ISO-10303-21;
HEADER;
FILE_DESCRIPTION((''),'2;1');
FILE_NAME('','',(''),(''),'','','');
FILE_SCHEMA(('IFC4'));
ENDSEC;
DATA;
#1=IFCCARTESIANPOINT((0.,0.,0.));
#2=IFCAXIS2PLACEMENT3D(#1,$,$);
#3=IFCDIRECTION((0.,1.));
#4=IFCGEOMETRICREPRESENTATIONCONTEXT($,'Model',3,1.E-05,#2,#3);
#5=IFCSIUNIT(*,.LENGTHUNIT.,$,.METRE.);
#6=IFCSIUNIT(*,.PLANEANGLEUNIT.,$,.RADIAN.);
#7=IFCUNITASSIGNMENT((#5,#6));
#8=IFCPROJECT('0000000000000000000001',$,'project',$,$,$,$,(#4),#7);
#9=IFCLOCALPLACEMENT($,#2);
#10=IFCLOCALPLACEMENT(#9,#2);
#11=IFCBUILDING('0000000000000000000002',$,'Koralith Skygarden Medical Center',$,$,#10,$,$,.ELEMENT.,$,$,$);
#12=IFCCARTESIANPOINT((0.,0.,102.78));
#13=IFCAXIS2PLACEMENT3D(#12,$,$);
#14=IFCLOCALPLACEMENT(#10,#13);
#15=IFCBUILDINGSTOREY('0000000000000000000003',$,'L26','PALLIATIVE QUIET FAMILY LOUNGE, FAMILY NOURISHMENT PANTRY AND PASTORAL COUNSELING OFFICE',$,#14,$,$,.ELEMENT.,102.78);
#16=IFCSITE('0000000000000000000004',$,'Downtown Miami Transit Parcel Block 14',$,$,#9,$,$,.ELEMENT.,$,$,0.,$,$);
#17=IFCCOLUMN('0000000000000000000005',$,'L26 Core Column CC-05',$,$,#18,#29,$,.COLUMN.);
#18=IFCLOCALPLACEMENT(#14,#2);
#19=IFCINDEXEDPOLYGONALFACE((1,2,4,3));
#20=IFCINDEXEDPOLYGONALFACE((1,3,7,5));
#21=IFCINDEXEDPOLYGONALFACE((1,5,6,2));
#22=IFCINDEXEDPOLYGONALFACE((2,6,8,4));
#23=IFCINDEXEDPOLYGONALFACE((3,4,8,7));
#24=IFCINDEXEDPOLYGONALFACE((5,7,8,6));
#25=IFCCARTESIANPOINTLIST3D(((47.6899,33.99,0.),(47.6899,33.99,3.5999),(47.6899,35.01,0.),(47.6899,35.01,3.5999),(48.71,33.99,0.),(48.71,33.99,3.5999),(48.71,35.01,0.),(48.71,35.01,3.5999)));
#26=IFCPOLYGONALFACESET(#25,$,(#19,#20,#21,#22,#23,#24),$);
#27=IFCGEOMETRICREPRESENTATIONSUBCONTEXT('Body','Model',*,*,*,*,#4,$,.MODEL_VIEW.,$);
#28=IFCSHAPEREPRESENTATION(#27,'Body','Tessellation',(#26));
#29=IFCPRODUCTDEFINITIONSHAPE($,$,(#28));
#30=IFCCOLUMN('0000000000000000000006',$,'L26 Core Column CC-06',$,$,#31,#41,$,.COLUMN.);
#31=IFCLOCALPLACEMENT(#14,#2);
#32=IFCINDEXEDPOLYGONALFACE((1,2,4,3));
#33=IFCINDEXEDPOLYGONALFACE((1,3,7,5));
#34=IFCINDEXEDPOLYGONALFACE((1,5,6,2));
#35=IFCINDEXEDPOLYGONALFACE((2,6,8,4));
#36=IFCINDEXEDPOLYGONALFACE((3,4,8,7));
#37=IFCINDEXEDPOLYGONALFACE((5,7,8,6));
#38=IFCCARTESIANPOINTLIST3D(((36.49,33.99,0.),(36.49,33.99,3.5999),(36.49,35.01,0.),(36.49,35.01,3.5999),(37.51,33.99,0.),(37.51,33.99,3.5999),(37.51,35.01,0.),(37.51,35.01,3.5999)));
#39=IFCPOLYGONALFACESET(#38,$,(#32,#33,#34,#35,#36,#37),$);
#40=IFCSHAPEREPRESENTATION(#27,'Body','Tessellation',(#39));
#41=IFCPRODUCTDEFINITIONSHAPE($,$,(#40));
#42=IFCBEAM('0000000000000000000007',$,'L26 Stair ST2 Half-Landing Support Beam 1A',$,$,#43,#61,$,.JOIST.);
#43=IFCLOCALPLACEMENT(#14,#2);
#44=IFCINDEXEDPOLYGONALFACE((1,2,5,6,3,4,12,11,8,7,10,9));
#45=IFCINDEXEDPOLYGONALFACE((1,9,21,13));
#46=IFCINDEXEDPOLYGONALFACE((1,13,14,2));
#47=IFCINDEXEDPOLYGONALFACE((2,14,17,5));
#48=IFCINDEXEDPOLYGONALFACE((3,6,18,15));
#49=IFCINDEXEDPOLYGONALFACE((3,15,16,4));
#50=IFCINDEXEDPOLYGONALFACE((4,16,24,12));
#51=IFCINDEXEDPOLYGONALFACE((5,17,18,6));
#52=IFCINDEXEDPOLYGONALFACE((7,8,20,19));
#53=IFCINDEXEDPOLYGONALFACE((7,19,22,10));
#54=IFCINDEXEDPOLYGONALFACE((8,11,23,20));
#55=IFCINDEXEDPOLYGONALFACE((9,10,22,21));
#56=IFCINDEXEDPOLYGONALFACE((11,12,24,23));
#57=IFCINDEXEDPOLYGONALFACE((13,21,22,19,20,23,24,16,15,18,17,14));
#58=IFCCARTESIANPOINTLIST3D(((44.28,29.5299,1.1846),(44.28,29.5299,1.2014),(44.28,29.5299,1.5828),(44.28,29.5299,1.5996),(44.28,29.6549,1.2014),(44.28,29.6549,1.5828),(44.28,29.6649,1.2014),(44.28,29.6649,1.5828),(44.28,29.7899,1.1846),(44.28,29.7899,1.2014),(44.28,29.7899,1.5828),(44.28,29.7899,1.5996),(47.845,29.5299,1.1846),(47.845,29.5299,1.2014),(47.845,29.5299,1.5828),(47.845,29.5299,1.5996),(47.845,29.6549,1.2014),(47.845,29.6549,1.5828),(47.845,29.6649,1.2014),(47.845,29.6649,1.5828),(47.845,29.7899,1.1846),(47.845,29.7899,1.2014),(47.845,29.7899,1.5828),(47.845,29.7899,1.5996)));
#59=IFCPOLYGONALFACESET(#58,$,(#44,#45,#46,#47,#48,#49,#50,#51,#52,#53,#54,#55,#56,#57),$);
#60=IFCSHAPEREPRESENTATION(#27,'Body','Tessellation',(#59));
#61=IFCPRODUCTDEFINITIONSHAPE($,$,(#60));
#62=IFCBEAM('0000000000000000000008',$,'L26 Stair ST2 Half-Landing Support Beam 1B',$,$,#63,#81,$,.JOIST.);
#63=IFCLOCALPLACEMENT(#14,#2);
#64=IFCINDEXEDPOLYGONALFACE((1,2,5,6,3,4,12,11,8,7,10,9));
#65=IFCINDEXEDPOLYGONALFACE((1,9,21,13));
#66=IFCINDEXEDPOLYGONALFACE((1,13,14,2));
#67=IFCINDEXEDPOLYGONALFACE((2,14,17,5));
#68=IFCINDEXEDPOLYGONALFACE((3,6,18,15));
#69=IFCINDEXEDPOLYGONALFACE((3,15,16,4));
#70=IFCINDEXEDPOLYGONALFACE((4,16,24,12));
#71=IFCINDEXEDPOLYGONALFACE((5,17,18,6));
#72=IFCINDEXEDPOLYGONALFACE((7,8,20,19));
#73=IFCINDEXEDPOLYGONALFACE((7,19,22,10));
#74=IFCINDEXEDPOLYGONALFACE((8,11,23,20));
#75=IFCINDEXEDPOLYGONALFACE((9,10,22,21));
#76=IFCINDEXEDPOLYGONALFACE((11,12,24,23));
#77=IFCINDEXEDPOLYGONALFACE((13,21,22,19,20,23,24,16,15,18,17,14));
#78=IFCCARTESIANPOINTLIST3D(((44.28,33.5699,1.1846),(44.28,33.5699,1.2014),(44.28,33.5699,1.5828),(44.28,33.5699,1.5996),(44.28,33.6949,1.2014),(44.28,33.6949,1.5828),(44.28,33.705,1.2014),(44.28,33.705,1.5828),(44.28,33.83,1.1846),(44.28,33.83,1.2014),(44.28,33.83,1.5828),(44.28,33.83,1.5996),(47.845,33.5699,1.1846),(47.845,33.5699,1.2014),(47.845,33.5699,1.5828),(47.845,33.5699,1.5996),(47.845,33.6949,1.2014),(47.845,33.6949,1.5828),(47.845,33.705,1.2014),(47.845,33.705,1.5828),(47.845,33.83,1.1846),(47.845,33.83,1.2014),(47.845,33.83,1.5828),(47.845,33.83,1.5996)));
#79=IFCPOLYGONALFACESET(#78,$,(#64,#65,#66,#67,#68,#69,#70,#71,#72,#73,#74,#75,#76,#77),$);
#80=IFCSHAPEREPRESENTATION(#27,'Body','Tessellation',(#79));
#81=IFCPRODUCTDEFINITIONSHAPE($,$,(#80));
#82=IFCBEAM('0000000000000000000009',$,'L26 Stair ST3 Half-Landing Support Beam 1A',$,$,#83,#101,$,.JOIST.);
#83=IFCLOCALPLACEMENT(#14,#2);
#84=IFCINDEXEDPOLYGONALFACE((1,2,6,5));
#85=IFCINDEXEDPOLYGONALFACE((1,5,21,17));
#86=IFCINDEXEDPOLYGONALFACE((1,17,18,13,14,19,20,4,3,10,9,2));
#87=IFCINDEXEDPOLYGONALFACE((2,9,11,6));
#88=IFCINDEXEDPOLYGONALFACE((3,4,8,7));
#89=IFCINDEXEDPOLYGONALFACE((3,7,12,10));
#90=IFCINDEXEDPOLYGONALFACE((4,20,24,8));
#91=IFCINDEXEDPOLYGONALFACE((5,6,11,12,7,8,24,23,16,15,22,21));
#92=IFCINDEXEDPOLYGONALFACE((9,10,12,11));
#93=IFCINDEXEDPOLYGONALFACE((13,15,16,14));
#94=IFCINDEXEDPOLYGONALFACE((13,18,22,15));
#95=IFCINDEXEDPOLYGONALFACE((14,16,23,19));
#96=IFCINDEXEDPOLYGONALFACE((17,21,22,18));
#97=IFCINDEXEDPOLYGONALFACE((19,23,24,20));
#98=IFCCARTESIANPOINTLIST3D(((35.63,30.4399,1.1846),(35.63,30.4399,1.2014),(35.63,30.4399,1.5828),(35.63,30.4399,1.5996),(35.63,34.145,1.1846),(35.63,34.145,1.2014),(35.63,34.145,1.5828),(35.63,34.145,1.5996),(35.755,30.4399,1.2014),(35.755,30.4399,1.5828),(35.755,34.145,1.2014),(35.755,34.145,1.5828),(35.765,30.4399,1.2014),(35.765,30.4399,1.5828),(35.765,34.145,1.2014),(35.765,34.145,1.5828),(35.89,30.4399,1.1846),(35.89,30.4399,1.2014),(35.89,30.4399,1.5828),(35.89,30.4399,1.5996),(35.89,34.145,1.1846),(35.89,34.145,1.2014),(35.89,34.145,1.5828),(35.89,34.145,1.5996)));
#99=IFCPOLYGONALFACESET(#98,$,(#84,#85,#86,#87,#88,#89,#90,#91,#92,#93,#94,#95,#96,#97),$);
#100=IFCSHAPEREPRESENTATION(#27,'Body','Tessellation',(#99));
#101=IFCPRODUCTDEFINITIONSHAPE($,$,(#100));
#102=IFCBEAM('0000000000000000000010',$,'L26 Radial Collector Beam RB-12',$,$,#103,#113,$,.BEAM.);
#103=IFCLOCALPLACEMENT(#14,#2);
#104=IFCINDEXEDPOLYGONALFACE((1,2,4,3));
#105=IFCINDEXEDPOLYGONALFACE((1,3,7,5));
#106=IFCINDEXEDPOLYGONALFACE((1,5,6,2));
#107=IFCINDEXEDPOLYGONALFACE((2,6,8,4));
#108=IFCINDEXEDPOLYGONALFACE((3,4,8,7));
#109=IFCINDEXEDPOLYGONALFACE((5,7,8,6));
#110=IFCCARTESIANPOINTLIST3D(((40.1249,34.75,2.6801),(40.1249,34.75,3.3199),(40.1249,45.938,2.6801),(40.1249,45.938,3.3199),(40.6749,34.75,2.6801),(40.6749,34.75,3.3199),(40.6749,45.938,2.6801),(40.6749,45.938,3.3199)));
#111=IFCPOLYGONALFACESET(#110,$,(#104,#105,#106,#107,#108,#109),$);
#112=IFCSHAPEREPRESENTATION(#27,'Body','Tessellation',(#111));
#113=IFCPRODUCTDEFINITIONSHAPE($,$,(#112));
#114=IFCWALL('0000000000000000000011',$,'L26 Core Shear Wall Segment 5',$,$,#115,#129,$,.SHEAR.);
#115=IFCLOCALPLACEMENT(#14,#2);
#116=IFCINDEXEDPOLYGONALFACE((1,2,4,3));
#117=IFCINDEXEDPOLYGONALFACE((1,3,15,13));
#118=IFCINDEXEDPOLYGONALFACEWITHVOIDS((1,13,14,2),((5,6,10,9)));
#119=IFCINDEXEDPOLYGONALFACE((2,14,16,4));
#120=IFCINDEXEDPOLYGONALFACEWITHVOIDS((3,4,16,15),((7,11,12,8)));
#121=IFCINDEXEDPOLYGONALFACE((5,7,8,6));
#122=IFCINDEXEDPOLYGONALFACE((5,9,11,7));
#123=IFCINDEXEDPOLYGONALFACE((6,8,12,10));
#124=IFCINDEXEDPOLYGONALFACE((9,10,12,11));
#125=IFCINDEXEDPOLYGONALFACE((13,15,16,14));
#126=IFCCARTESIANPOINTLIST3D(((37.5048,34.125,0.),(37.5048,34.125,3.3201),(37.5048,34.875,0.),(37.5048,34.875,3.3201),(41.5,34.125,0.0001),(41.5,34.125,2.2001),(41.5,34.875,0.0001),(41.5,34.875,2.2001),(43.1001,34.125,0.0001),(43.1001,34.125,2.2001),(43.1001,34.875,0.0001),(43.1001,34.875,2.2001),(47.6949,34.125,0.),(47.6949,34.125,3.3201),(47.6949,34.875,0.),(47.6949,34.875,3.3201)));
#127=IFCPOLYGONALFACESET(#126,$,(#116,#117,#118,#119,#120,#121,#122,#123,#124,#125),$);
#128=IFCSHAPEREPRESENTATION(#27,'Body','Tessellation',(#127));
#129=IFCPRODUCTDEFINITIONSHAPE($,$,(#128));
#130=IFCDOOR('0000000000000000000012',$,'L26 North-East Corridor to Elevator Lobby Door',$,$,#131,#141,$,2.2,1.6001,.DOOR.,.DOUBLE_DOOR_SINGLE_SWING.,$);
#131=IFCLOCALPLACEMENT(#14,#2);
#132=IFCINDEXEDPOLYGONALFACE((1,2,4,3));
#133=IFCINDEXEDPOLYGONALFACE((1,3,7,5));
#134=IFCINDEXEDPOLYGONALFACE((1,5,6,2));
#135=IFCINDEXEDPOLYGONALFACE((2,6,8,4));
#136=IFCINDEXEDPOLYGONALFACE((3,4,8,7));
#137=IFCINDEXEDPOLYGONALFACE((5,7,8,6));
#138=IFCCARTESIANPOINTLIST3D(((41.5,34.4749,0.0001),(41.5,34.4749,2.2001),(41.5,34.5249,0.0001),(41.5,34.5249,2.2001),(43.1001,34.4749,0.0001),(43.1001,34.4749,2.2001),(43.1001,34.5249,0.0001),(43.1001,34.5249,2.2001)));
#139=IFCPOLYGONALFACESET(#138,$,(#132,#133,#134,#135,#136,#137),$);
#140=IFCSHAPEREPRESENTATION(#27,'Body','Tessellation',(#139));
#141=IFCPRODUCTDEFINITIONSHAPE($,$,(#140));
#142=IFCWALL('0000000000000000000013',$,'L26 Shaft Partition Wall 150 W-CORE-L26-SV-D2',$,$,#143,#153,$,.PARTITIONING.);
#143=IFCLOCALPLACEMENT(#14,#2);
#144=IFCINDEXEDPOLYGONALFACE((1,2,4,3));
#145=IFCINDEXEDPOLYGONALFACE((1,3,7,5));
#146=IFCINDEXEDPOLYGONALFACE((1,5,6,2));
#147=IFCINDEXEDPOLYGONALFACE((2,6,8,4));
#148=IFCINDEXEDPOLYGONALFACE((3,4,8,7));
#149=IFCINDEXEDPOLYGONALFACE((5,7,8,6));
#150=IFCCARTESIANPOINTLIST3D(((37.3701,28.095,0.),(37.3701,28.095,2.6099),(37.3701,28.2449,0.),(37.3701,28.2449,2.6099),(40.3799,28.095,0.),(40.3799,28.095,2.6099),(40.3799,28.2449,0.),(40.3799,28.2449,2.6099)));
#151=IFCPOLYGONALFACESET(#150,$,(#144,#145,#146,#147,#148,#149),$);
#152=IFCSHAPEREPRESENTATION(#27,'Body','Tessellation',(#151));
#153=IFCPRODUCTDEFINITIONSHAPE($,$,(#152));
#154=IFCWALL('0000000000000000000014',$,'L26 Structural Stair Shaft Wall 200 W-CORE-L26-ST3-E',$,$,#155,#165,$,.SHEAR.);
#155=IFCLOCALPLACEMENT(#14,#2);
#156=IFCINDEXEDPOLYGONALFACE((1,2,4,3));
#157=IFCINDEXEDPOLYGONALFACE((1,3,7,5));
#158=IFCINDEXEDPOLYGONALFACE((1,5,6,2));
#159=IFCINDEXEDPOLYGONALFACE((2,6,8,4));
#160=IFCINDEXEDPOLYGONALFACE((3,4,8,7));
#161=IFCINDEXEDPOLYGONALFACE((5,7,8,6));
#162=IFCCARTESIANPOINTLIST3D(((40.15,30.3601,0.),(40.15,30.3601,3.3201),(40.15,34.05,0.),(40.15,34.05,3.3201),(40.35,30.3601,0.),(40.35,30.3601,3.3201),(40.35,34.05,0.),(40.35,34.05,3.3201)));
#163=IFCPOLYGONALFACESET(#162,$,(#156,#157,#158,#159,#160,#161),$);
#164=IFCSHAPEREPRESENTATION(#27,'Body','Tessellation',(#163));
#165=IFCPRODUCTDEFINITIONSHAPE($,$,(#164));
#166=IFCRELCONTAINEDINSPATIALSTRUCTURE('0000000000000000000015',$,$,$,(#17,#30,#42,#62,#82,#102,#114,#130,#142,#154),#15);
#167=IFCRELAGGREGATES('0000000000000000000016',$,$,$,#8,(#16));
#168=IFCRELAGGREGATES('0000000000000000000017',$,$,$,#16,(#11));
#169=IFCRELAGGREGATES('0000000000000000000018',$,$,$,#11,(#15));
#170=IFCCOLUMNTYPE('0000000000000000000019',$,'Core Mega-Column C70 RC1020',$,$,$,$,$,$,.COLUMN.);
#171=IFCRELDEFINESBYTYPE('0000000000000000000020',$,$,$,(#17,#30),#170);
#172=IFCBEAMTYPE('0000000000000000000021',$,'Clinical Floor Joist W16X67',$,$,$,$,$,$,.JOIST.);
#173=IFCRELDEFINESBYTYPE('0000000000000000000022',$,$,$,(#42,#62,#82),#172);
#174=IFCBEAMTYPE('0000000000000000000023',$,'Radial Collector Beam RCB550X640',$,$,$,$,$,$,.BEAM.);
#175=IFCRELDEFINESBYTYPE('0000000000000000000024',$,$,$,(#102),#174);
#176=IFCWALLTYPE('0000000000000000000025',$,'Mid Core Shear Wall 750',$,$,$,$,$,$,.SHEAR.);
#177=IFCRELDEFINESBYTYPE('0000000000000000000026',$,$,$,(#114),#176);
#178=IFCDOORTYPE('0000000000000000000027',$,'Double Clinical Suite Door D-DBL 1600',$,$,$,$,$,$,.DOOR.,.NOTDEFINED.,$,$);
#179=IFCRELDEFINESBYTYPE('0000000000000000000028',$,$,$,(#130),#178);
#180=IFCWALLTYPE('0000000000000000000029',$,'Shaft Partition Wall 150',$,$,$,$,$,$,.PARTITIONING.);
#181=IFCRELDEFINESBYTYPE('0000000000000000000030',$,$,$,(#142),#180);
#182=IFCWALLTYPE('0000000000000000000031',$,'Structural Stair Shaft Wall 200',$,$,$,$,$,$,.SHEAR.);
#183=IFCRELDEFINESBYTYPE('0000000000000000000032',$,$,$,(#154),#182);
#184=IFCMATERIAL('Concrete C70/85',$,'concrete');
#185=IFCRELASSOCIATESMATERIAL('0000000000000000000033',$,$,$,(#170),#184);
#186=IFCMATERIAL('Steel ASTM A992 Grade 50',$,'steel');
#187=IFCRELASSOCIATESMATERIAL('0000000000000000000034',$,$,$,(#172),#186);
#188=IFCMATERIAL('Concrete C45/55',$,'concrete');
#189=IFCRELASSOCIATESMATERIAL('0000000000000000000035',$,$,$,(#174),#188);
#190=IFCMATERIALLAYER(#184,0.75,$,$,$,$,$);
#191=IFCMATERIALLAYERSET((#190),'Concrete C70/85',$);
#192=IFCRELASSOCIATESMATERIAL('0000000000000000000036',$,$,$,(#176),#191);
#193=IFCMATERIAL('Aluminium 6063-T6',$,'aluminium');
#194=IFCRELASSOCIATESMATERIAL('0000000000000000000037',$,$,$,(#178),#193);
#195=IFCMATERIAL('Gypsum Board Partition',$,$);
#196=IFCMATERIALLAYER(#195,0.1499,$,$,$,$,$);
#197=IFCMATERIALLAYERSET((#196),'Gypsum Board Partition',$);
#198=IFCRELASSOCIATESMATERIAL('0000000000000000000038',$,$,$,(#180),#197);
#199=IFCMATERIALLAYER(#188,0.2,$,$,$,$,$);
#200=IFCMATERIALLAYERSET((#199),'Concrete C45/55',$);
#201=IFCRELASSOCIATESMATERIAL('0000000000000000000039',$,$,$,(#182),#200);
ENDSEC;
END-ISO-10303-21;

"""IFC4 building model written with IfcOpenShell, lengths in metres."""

from ifc_helpers import new_model, si_unit, direction, frame, frame_2d, origin, origin_2d, place, context, subcontext, project, spatial, rectangle, i_section, extrude, material, layer, layer_set, material_profile, profile_set, type_object, element, fill, save


model = new_model("IFC4")

# Units and contexts
model_context = context("Model", 3, precision=1e-05, world=origin(), true_north=direction((0.0, 1.0)))
body_context = subcontext(model_context, "Body", "Model", "MODEL_VIEW")
ifc_project = project(units=[si_unit("LENGTHUNIT", "METRE"), si_unit("PLANEANGLEUNIT", "RADIAN")], contexts=[model_context])

# Site, building, storey
site_placement = place(None, origin())
site = spatial("IfcSite", under=ifc_project, at=site_placement, Name="Downtown Miami Transit Parcel Block 14", CompositionType="ELEMENT", RefElevation=0.0)
building_placement = place(site_placement, origin())
building = spatial("IfcBuilding", under=site, at=building_placement, Name="Koralith Skygarden Medical Center", CompositionType="ELEMENT")
storey_placement = place(building_placement, frame((0.0, 0.0, 102.78)))
storey = spatial("IfcBuildingStorey", under=building, at=storey_placement, Name="L26", Description="PALLIATIVE QUIET FAMILY LOUNGE, FAMILY NOURISHMENT PANTRY AND PASTORAL COUNSELING OFFICE", CompositionType="ELEMENT", Elevation=102.78)

# Columns
ifc_material_1 = material(Name="Concrete C70/85", Category="concrete")
ifc_material_profile_1 = material_profile(ifc_material_1, rectangle(XDim=1.02, YDim=1.02, at=origin_2d()), Name="RC1020X1020")
ifc_profile_set_1 = profile_set([ifc_material_profile_1], Name="Concrete C70/85")
column_type = type_object("IfcColumnType", Name="Core Mega-Column C70 RC1020", PredefinedType="COLUMN", material=ifc_profile_set_1)
for number, where, z_axis, x_axis, name in (
    (1, (48.2, 34.5, 0.0), (0.0, 0.0, 1.0), (1.0, 0.0, 0.0), "L26 Core Column CC-05"),
    (2, (37.0, 34.5, 0.0), (0.0, 0.0, 1.0), (1.0, 0.0, 0.0), "L26 Core Column CC-06"),
):
    element("IfcColumn", number, at=place(storey_placement, frame(where, z_axis=z_axis, x_axis=x_axis)), inside=storey, type_object=column_type, Name=name, PredefinedType="COLUMN", context=body_context, shape_type="SweptSolid", body=[
        extrude(rectangle(XDim=1.02, YDim=1.02, at=origin_2d()), origin(), (0.0, 0.0, 1.0), 3.5999),
    ])

# Beams
ifc_material_2 = material(Name="Steel ASTM A992 Grade 50", Category="steel")
ifc_material_profile_2 = material_profile(ifc_material_2, i_section(OverallWidth=0.26, OverallDepth=0.415, WebThickness=0.01, FlangeThickness=0.0168, at=origin_2d()), Name="W16X67")
ifc_profile_set_2 = profile_set([ifc_material_profile_2], Name="Steel ASTM A992 Grade 50")
beam_type_1 = type_object("IfcBeamType", Name="Clinical Floor Joist W16X67", PredefinedType="JOIST", material=ifc_profile_set_2)
for number, where, z_axis, x_axis, name in (
    (3, (44.28, 29.6599, 1.3921), (1.0, 0.0, 0.0), (0.0, 1.0, 0.0), "L26 Stair ST2 Half-Landing Support Beam 1A"),
    (4, (44.28, 33.7, 1.3921), (1.0, 0.0, 0.0), (0.0, 1.0, 0.0), "L26 Stair ST2 Half-Landing Support Beam 1B"),
):
    element("IfcBeam", number, at=place(storey_placement, frame(where, z_axis=z_axis, x_axis=x_axis)), inside=storey, type_object=beam_type_1, Name=name, PredefinedType="JOIST", context=body_context, shape_type="SweptSolid", body=[
        extrude(i_section(OverallWidth=0.26, OverallDepth=0.415, WebThickness=0.01, FlangeThickness=0.0168, at=origin_2d()), origin(), (0.0, 0.0, 1.0), 3.5649),
    ])
beam_1_placement = place(storey_placement, frame((35.76, 30.4399, 1.3921), z_axis=(0.0, 1.0, 0.0), x_axis=(-1.0, 0.0, 0.0)))
element("IfcBeam", 5, at=beam_1_placement, inside=storey, type_object=beam_type_1, Name="L26 Stair ST3 Half-Landing Support Beam 1A", PredefinedType="JOIST", context=body_context, shape_type="SweptSolid", body=[
    extrude(i_section(OverallWidth=0.26, OverallDepth=0.415, WebThickness=0.01, FlangeThickness=0.0168, at=origin_2d()), origin(), (0.0, 0.0, 1.0), 3.7051),
])
ifc_material_3 = material(Name="Concrete C45/55", Category="concrete")
ifc_material_profile_3 = material_profile(ifc_material_3, rectangle(XDim=0.55, YDim=0.6399, at=origin_2d()), Name="RCB550X640")
ifc_profile_set_3 = profile_set([ifc_material_profile_3], Name="Concrete C45/55")
beam_type_2 = type_object("IfcBeamType", Name="Radial Collector Beam RCB550X640", PredefinedType="BEAM", material=ifc_profile_set_3)
beam_2_placement = place(storey_placement, frame((40.3999, 34.75, 3.0), z_axis=(0.0, 1.0, 0.0), x_axis=(-1.0, 0.0, 0.0)))
element("IfcBeam", 6, at=beam_2_placement, inside=storey, type_object=beam_type_2, Name="L26 Radial Collector Beam RB-12", PredefinedType="BEAM", context=body_context, shape_type="SweptSolid", body=[
    extrude(rectangle(XDim=0.55, YDim=0.6399, at=origin_2d()), origin(), (0.0, 0.0, 1.0), 11.188),
])

# Wall, opening, door
ifc_layer_1 = layer(ifc_material_1, 0.75)
ifc_layer_set_1 = layer_set([ifc_layer_1], Name="Concrete C70/85")
wall_type_1 = type_object("IfcWallType", Name="Mid Core Shear Wall 750", PredefinedType="SHEAR", material=ifc_layer_set_1)
wall_1_placement = place(storey_placement, frame((47.6951, 34.5, 0.0), z_axis=(0.0, 0.0, 1.0), x_axis=(-1.0, 0.0, 0.0)))
wall_1 = element("IfcWall", 7, at=wall_1_placement, inside=storey, type_object=wall_type_1, Name="L26 Core Shear Wall Segment 5", PredefinedType="SHEAR", context=body_context, shape_type="SweptSolid", body=[
    extrude(rectangle(XDim=10.1902, YDim=0.75, at=frame_2d((5.0952, 0.0))), origin(), (0.0, 0.0, 1.0), 3.3201),
])
opening_1_placement = place(wall_1_placement, frame((4.595, 0.0, 0.0)))
opening_1 = element("IfcOpeningElement", 8, at=opening_1_placement, cuts=wall_1, PredefinedType="OPENING", context=body_context, shape_type="SweptSolid", body=[
    extrude(rectangle(XDim=1.6001, YDim=2.2, at=frame_2d((0.8, 1.1001))), frame((0.0, 0.385, 0.0), z_axis=(0.0, -1.0, 0.0), x_axis=(1.0, 0.0, 0.0)), (0.0, 0.0, 1.0), 0.77),
])
ifc_material_4 = material(Name="Aluminium 6063-T6", Category="aluminium")
door_type_1 = type_object("IfcDoorType", Name="Double Clinical Suite Door D-DBL 1600", OperationType="NOTDEFINED", PredefinedType="DOOR", material=ifc_material_4)
door_1_placement = place(opening_1_placement, frame((1.6001, 0.0, 0.0), z_axis=(0.0, 0.0, 1.0), x_axis=(-1.0, 0.0, 0.0)))
door_1 = element("IfcDoor", 9, at=door_1_placement, inside=storey, type_object=door_type_1, Name="L26 North-East Corridor to Elevator Lobby Door", OperationType="DOUBLE_DOOR_SINGLE_SWING", OverallHeight=2.2, OverallWidth=1.6001, PredefinedType="DOOR", context=body_context, shape_type="SweptSolid", body=[
    extrude(rectangle(XDim=1.6001, YDim=2.2, at=frame_2d((0.8, 1.1001))), frame((0.0, 0.0249, 0.0), z_axis=(0.0, -1.0, 0.0), x_axis=(1.0, 0.0, 0.0)), (0.0, 0.0, 1.0), 0.05),
])
fill(opening_1, door_1)

# Walls
ifc_material_5 = material(Name="Gypsum Board Partition")
ifc_layer_2 = layer(ifc_material_5, 0.1499)
ifc_layer_set_2 = layer_set([ifc_layer_2], Name="Gypsum Board Partition")
wall_type_2 = type_object("IfcWallType", Name="Shaft Partition Wall 150", PredefinedType="PARTITIONING", material=ifc_layer_set_2)
wall_2_placement = place(storey_placement, frame((37.3701, 28.1699, 0.0), z_axis=(0.0, 0.0, 1.0), x_axis=(1.0, 0.0, 0.0)))
element("IfcWall", 10, at=wall_2_placement, inside=storey, type_object=wall_type_2, Name="L26 Shaft Partition Wall 150 W-CORE-L26-SV-D2", PredefinedType="PARTITIONING", context=body_context, shape_type="SweptSolid", body=[
    extrude(rectangle(XDim=3.0098, YDim=0.1499, at=frame_2d((1.5049, 0.0))), origin(), (0.0, 0.0, 1.0), 2.6099),
])
ifc_layer_3 = layer(ifc_material_3, 0.2)
ifc_layer_set_3 = layer_set([ifc_layer_3], Name="Concrete C45/55")
wall_type_3 = type_object("IfcWallType", Name="Structural Stair Shaft Wall 200", PredefinedType="SHEAR", material=ifc_layer_set_3)
wall_3_placement = place(storey_placement, frame((40.25, 30.3601, 0.0), z_axis=(0.0, 0.0, 1.0), x_axis=(0.0, 1.0, 0.0)))
element("IfcWall", 11, at=wall_3_placement, inside=storey, type_object=wall_type_3, Name="L26 Structural Stair Shaft Wall 200 W-CORE-L26-ST3-E", PredefinedType="SHEAR", context=body_context, shape_type="SweptSolid", body=[
    extrude(rectangle(XDim=3.6899, YDim=0.2, at=frame_2d((1.845, 0.0))), origin(), (0.0, 0.0, 1.0), 3.3201),
])

save(model, "model.ifc")
